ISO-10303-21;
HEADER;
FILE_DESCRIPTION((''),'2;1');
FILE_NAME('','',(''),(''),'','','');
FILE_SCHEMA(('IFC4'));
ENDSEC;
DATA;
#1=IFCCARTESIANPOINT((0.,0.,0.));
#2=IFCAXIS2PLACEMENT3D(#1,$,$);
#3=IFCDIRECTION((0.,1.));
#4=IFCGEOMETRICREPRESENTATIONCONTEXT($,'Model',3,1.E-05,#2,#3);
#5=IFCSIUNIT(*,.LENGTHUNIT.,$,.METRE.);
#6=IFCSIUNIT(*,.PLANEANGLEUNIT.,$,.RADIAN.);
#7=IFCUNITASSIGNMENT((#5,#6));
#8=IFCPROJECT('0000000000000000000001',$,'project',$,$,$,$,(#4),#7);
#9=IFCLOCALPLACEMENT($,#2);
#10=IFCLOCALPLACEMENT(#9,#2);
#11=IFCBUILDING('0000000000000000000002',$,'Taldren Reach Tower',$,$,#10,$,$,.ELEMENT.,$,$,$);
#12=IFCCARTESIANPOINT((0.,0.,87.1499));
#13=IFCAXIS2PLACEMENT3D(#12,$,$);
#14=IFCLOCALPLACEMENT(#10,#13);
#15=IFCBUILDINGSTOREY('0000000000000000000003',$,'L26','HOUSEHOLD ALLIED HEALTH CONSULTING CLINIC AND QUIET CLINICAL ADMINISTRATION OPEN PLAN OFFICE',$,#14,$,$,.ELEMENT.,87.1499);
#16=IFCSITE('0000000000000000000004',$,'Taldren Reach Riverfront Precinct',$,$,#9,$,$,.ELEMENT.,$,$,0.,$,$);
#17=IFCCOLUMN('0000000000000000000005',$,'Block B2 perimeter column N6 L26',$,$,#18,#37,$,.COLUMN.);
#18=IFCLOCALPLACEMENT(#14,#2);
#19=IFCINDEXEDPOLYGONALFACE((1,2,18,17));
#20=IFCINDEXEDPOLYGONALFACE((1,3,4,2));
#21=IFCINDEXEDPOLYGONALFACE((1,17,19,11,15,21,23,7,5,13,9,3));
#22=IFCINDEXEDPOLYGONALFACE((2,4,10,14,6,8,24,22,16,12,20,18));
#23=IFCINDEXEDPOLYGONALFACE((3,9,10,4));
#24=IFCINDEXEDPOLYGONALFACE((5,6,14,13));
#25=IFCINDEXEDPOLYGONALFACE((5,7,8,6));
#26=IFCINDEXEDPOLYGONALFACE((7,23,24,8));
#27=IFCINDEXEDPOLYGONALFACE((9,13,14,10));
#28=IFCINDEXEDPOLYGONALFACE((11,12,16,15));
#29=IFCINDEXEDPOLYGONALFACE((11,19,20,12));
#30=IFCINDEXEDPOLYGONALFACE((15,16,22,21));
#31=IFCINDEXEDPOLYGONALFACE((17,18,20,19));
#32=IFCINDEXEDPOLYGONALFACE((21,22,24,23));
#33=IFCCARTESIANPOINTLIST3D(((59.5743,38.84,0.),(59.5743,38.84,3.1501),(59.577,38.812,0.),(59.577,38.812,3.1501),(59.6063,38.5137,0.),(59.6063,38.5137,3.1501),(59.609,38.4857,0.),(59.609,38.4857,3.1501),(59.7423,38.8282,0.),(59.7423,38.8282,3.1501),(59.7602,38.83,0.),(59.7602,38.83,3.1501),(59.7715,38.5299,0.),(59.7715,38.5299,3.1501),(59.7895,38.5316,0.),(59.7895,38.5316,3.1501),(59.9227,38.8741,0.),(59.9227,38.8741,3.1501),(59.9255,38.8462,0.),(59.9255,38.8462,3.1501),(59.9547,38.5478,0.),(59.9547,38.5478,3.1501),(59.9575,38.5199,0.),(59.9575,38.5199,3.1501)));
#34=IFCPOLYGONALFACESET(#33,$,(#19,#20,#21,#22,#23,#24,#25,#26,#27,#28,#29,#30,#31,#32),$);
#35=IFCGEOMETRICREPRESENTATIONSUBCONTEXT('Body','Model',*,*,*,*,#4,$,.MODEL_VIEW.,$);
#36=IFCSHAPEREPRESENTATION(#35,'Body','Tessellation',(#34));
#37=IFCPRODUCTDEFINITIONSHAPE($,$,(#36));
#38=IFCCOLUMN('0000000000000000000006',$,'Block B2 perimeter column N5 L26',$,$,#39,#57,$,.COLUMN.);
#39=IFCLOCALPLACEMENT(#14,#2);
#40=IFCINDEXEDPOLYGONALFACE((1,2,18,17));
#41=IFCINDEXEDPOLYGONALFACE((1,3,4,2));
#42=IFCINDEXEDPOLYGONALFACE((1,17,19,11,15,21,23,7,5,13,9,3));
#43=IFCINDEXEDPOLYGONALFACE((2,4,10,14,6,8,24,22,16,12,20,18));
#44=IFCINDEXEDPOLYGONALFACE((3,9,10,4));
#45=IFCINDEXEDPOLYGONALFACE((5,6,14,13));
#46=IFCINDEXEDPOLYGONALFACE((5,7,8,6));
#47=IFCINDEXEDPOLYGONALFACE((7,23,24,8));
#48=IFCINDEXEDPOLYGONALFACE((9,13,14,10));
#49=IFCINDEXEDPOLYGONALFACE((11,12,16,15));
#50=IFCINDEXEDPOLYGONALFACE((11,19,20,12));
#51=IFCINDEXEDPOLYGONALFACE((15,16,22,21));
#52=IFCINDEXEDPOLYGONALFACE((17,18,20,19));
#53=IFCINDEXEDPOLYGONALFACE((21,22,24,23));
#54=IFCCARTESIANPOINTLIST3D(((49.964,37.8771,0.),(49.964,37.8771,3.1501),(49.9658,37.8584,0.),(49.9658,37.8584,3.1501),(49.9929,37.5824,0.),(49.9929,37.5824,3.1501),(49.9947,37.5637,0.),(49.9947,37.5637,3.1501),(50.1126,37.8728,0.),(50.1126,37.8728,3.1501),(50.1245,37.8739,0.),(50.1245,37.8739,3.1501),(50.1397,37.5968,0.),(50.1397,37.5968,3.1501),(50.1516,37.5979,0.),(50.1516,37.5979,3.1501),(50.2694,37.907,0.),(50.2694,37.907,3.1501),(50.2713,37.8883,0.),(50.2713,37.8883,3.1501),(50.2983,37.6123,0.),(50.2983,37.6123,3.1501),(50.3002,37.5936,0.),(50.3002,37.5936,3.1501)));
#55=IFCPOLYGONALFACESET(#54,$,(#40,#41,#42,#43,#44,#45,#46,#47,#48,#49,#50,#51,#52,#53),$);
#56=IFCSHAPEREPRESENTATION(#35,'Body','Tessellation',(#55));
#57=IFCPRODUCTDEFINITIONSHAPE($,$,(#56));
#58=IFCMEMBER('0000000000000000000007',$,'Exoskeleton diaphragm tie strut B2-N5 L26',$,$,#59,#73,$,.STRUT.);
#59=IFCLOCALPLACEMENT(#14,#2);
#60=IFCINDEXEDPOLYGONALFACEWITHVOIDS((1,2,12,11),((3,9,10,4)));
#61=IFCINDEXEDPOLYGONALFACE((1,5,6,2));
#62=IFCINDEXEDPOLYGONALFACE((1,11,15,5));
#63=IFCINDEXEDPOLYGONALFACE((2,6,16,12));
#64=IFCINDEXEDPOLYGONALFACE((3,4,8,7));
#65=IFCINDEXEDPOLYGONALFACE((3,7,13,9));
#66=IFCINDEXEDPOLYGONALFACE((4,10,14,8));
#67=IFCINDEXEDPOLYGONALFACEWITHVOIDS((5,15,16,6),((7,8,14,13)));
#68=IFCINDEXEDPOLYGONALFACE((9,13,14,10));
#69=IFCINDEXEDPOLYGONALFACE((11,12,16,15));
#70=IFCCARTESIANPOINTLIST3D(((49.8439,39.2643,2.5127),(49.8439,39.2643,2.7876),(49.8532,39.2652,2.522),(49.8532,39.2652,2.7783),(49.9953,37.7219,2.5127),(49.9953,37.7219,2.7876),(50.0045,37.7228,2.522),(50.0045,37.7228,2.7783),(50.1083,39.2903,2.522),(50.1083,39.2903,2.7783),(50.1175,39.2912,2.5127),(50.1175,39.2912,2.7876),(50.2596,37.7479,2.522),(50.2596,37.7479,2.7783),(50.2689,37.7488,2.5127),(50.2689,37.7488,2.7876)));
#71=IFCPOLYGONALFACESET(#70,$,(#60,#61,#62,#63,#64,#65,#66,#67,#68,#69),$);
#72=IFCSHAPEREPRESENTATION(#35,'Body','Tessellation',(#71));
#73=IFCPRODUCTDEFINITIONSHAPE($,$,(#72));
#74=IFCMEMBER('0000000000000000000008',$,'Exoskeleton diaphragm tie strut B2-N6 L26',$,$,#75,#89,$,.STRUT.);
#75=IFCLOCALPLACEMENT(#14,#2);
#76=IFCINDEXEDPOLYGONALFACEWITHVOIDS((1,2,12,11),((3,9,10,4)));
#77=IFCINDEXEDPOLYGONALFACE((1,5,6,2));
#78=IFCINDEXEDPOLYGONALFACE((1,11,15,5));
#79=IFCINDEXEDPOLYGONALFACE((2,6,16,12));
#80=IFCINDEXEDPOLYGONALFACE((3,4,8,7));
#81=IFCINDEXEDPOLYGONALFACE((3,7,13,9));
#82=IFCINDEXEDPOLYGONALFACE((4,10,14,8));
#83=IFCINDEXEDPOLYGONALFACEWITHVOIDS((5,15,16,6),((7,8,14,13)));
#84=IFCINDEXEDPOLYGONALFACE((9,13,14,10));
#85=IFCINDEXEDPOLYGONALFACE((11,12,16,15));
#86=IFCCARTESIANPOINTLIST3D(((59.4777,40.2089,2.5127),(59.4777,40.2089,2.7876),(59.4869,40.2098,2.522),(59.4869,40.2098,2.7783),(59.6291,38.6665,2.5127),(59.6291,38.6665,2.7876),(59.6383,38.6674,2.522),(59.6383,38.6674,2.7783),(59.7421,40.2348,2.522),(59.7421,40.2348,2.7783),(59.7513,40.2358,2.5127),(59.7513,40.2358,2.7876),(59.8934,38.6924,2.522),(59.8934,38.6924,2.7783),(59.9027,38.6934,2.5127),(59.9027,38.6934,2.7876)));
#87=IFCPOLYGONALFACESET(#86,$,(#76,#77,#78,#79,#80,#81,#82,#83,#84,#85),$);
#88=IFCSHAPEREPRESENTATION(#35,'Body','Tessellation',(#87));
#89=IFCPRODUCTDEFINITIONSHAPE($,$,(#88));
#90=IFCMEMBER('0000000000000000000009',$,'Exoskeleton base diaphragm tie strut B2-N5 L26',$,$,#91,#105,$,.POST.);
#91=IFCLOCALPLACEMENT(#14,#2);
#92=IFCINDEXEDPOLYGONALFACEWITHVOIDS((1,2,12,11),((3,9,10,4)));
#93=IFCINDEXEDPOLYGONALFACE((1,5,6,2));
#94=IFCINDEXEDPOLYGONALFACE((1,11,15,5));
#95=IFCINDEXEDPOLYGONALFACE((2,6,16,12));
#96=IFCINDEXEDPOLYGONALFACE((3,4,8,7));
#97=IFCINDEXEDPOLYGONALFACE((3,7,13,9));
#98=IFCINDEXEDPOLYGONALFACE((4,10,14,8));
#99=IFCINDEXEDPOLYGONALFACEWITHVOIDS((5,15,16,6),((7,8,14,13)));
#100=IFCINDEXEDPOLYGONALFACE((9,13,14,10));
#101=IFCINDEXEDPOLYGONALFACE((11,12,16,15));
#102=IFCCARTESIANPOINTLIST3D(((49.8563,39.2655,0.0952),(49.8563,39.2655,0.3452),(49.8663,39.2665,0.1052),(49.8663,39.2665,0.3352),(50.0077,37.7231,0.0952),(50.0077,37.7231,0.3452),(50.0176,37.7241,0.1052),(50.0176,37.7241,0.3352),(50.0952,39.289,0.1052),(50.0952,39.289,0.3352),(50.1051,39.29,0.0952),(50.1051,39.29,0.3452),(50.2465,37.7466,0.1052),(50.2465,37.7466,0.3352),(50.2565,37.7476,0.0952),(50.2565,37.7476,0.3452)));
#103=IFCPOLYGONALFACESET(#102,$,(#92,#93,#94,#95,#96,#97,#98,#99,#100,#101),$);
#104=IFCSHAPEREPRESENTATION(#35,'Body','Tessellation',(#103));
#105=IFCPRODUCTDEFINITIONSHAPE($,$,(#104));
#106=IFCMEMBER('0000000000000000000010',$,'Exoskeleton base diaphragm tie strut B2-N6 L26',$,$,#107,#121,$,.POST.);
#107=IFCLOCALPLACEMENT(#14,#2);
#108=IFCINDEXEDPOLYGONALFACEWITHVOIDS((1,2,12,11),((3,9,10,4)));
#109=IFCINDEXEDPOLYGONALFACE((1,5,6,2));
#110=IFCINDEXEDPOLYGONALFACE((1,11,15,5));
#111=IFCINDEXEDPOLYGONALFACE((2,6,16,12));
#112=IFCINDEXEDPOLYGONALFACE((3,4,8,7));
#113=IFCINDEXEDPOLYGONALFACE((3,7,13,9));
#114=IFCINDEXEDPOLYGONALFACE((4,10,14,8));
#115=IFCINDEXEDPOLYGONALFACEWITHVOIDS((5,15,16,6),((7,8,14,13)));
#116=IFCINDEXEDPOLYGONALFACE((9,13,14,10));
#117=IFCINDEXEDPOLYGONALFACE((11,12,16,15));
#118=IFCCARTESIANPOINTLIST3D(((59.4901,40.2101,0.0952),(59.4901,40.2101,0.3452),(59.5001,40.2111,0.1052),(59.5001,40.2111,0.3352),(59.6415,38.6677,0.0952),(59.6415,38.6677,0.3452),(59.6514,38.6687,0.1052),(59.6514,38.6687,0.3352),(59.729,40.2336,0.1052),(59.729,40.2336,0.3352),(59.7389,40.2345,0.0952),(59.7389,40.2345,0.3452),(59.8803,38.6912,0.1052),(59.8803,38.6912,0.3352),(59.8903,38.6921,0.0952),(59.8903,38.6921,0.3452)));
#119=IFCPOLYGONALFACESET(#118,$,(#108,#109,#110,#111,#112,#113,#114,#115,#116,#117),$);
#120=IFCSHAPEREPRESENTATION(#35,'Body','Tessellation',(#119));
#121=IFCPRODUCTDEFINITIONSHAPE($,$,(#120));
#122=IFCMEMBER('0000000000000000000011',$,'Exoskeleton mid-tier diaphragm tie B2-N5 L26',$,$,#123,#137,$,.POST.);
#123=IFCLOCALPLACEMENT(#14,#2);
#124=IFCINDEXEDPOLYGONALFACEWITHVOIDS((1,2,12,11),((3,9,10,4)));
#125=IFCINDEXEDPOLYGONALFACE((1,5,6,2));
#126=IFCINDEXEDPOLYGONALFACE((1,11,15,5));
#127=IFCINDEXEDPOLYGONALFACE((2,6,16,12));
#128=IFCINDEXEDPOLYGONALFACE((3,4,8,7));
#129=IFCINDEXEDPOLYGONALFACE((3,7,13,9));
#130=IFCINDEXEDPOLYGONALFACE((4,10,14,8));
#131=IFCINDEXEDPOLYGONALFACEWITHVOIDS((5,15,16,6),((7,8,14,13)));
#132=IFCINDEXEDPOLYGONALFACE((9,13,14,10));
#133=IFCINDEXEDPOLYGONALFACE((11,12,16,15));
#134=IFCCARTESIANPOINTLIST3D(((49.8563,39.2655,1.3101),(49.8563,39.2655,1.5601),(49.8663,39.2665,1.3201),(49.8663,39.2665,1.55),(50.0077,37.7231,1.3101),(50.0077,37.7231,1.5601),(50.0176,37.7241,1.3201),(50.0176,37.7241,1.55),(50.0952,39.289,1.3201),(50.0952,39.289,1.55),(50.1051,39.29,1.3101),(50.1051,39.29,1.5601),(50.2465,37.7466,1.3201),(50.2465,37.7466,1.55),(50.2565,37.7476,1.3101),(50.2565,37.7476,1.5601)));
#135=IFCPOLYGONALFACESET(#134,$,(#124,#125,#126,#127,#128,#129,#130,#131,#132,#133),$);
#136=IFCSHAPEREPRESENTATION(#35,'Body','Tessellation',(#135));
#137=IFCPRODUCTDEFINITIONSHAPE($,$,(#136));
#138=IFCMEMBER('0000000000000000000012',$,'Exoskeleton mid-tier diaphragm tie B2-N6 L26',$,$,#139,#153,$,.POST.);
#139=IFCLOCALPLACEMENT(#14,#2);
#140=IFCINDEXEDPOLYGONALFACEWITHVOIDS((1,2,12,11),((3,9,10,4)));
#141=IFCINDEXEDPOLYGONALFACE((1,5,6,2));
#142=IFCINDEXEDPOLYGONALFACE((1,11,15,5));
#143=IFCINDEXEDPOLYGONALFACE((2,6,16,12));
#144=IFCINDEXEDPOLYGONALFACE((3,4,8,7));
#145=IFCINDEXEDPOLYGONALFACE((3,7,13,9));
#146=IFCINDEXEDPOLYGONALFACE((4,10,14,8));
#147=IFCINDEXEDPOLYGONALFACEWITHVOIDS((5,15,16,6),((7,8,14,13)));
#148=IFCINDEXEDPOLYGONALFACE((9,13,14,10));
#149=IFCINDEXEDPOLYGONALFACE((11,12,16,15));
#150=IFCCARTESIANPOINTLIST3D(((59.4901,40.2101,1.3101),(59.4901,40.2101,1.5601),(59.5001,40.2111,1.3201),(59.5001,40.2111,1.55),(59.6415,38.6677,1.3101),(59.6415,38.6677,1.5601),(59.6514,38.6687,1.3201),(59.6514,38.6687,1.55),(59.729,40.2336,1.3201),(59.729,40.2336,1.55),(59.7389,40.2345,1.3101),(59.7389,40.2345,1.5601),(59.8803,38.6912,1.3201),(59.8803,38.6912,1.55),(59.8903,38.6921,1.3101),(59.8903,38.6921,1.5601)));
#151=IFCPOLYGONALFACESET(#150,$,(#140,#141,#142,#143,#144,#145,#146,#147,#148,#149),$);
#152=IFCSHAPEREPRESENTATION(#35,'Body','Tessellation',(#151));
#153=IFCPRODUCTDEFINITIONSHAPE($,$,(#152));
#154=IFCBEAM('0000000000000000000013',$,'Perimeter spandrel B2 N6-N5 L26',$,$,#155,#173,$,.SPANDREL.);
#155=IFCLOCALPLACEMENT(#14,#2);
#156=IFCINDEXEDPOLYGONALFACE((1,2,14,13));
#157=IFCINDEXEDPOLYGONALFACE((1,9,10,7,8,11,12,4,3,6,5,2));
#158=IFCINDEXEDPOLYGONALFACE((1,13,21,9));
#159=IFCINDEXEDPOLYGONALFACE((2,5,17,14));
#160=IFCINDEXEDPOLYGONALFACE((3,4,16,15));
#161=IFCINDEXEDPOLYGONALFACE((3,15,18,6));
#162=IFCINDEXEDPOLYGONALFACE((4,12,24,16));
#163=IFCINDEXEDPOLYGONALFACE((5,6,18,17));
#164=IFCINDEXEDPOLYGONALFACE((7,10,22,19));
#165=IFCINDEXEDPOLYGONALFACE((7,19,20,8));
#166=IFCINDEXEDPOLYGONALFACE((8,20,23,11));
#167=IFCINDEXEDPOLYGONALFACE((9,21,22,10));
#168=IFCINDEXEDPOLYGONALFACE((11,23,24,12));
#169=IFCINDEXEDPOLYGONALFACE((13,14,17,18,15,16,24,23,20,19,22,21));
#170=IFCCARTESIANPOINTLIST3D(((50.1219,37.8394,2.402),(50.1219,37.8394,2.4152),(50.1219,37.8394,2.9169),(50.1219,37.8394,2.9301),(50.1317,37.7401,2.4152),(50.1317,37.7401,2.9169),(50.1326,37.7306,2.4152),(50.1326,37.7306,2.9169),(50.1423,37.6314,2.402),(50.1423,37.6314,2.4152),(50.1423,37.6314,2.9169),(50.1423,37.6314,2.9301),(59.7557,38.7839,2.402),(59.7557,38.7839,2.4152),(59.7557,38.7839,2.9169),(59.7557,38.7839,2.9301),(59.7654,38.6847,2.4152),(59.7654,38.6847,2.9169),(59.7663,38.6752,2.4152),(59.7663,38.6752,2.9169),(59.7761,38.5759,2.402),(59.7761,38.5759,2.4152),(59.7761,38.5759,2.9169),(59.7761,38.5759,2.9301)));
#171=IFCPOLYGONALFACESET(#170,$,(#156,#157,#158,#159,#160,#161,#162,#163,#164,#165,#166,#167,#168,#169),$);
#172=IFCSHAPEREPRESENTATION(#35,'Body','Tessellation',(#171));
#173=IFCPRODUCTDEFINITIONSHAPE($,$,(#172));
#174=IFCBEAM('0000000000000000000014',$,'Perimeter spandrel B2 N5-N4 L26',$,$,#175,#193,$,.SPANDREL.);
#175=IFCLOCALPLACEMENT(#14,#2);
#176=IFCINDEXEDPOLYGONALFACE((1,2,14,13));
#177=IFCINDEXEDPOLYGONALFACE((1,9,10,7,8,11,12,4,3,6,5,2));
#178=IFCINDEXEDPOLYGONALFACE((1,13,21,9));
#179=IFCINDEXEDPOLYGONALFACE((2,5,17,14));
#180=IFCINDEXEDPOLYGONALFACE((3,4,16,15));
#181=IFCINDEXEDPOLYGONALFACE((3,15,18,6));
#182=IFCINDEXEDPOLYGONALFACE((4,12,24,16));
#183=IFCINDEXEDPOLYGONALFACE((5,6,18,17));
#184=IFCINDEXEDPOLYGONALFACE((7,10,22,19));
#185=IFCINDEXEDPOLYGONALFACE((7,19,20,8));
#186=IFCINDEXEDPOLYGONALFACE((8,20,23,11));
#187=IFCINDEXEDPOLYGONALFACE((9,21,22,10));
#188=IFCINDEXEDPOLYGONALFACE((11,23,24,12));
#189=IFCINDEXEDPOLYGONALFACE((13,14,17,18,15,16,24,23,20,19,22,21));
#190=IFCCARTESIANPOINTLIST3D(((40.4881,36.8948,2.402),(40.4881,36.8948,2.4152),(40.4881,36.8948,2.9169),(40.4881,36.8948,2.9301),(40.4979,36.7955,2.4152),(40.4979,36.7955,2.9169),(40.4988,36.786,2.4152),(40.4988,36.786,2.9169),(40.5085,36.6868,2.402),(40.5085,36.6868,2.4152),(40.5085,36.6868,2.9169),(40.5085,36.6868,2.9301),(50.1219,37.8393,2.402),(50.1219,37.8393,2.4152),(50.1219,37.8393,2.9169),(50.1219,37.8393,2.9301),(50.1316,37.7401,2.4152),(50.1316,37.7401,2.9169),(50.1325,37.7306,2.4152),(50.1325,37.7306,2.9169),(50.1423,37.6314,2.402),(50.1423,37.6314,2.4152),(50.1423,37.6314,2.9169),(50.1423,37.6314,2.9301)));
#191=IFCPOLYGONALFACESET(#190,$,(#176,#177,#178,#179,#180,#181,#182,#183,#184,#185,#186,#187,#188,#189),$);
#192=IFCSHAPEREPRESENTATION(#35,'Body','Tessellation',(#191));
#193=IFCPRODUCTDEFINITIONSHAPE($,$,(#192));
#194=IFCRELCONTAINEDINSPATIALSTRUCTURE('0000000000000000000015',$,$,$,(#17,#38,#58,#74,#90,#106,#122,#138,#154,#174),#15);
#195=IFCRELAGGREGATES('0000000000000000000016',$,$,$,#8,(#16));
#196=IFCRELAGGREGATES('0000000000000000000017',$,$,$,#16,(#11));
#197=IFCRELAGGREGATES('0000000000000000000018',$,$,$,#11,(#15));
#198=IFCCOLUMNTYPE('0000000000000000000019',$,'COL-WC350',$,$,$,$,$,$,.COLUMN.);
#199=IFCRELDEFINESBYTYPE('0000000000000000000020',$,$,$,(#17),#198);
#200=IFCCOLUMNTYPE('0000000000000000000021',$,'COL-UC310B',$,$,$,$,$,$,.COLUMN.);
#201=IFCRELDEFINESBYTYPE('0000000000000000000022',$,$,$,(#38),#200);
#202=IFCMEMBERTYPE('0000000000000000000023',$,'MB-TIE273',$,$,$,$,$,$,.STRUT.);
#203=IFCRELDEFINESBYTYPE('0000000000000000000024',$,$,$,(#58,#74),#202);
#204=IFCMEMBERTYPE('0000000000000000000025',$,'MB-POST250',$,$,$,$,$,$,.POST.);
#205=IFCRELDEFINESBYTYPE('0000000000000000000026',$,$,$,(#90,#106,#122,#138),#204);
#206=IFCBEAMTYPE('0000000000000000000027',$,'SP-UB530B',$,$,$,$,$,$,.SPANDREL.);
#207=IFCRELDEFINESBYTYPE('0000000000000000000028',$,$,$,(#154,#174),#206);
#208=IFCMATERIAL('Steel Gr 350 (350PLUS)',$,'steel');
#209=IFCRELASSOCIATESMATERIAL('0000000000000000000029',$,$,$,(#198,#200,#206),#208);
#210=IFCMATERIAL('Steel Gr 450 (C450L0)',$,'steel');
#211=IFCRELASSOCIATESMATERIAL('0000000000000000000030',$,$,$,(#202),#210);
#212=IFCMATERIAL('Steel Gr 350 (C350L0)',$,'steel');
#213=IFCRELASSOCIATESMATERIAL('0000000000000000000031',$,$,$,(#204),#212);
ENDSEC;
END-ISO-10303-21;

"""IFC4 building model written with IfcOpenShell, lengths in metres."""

from ifc_helpers import new_model, si_unit, direction, frame, origin, origin_2d, place, context, subcontext, project, spatial, hollow_rectangle, i_section, extrude, source, transform, mapped, material, material_profile, profile_set, type_object, element, save


model = new_model("IFC4")

# Units and contexts
model_context = context("Model", 3, precision=1e-05, world=origin(), true_north=direction((0.0, 1.0)))
body_context = subcontext(model_context, "Body", "Model", "MODEL_VIEW")
ifc_project = project(units=[si_unit("LENGTHUNIT", "METRE"), si_unit("PLANEANGLEUNIT", "RADIAN")], contexts=[model_context])

# Site, building, storey
site_placement = place(None, origin())
site = spatial("IfcSite", under=ifc_project, at=site_placement, Name="Taldren Reach Riverfront Precinct", CompositionType="ELEMENT", RefElevation=0.0)
building_placement = place(site_placement, origin())
building = spatial("IfcBuilding", under=site, at=building_placement, Name="Taldren Reach Tower", CompositionType="ELEMENT")
storey_placement = place(building_placement, frame((0.0, 0.0, 87.1499)))
storey = spatial("IfcBuildingStorey", under=building, at=storey_placement, Name="L26", Description="HOUSEHOLD ALLIED HEALTH CONSULTING CLINIC AND QUIET CLINICAL ADMINISTRATION OPEN PLAN OFFICE", CompositionType="ELEMENT", Elevation=87.1499)

# Columns
ifc_material_1 = material(Name="Steel Gr 350 (350PLUS)", Category="steel")
ifc_material_profile_1 = material_profile(ifc_material_1, i_section(OverallWidth=0.3501, OverallDepth=0.356, WebThickness=0.0181, FlangeThickness=0.0281, at=origin_2d()), Name="350WC197")
ifc_profile_set_1 = profile_set([ifc_material_profile_1], Name="Steel Gr 350 (350PLUS)")
column_type_1 = type_object("IfcColumnType", Name="COL-WC350", PredefinedType="COLUMN", material=ifc_profile_set_1)
shared_shape_1 = source(origin(), body_context, "Body", "SweptSolid", [
    extrude(i_section(OverallWidth=0.3501, OverallDepth=0.356, WebThickness=0.0181, FlangeThickness=0.0281, at=origin_2d()), origin(), (0.0, 0.0, 1.0), 3.1501),
])
column_1_placement = place(storey_placement, frame((59.7659, 38.6799, 0.0), z_axis=(0.0, 0.0, 1.0), x_axis=(0.995227, 0.097583, 0.0)))
element("IfcColumn", 1, at=column_1_placement, inside=storey, type_object=column_type_1, Name="Block B2 perimeter column N6 L26", PredefinedType="COLUMN", context=body_context, shape_type="MappedRepresentation", body=[
    mapped(shared_shape_1, transform((0.0, 0.0, 0.0), scale=1.0)),
])
ifc_material_profile_2 = material_profile(ifc_material_1, i_section(OverallWidth=0.3069, OverallDepth=0.3149, WebThickness=0.012, FlangeThickness=0.0188, at=origin_2d()), Name="310UC118")
ifc_profile_set_2 = profile_set([ifc_material_profile_2], Name="Steel Gr 350 (350PLUS)")
column_type_2 = type_object("IfcColumnType", Name="COL-UC310B", PredefinedType="COLUMN", material=ifc_profile_set_2)
shared_shape_2 = source(origin(), body_context, "Body", "SweptSolid", [
    extrude(i_section(OverallWidth=0.3069, OverallDepth=0.3149, WebThickness=0.012, FlangeThickness=0.0188, at=origin_2d()), origin(), (0.0, 0.0, 1.0), 3.1501),
])
column_2_placement = place(storey_placement, frame((50.1321, 37.7354, 0.0), z_axis=(0.0, 0.0, 1.0), x_axis=(0.995227, 0.097583, 0.0)))
element("IfcColumn", 2, at=column_2_placement, inside=storey, type_object=column_type_2, Name="Block B2 perimeter column N5 L26", PredefinedType="COLUMN", context=body_context, shape_type="MappedRepresentation", body=[
    mapped(shared_shape_2, transform((0.0, 0.0, 0.0), scale=1.0)),
])

# Members
ifc_material_2 = material(Name="Steel Gr 450 (C450L0)", Category="steel")
ifc_material_profile_3 = material_profile(ifc_material_2, hollow_rectangle(XDim=0.2749, YDim=0.2749, WallThickness=0.0093, at=origin_2d()), Name="275x275x9.3SHS")
ifc_profile_set_3 = profile_set([ifc_material_profile_3], Name="Steel Gr 450 (C450L0)")
member_type_1 = type_object("IfcMemberType", Name="MB-TIE273", PredefinedType="STRUT", material=ifc_profile_set_3)
shared_shape_3 = source(origin(), body_context, "Body", "SweptSolid", [
    extrude(hollow_rectangle(XDim=0.2749, YDim=0.2749, WallThickness=0.0093, at=origin_2d()), origin(), (0.0, 0.0, 1.0), 1.5498),
])
for number, where, z_axis, x_axis, name in (
    (3, (50.1321, 37.7354, 2.6501), (-0.097663, 0.99522, 0.0), (-0.99522, -0.097663, 0.0), "Exoskeleton diaphragm tie strut B2-N5 L26"),
    (4, (59.7659, 38.6799, 2.6501), (-0.097663, 0.99522, 0.0), (-0.99522, -0.097663, 0.0), "Exoskeleton diaphragm tie strut B2-N6 L26"),
):
    element("IfcMember", number, at=place(storey_placement, frame(where, z_axis=z_axis, x_axis=x_axis)), inside=storey, type_object=member_type_1, Name=name, PredefinedType="STRUT", context=body_context, shape_type="MappedRepresentation", body=[
        mapped(shared_shape_3, transform((0.0, 0.0, 0.0), scale=1.0)),
    ])
ifc_material_3 = material(Name="Steel Gr 350 (C350L0)", Category="steel")
ifc_material_profile_4 = material_profile(ifc_material_3, hollow_rectangle(XDim=0.25, YDim=0.25, WallThickness=0.01, at=origin_2d()), Name="250x250x10.0SHS")
ifc_profile_set_4 = profile_set([ifc_material_profile_4], Name="Steel Gr 350 (C350L0)")
member_type_2 = type_object("IfcMemberType", Name="MB-POST250", PredefinedType="POST", material=ifc_profile_set_4)
shared_shape_4 = source(origin(), body_context, "Body", "SweptSolid", [
    extrude(hollow_rectangle(XDim=0.25, YDim=0.25, WallThickness=0.01, at=origin_2d()), origin(), (0.0, 0.0, 1.0), 1.5498),
])
for number, where, z_axis, x_axis, name in (
    (5, (50.1321, 37.7354, 0.2202), (-0.097663, 0.99522, 0.0), (-0.99522, -0.097663, 0.0), "Exoskeleton base diaphragm tie strut B2-N5 L26"),
    (6, (59.7659, 38.6799, 0.2202), (-0.097663, 0.99522, 0.0), (-0.99522, -0.097663, 0.0), "Exoskeleton base diaphragm tie strut B2-N6 L26"),
    (7, (50.1321, 37.7354, 1.4351), (-0.097663, 0.99522, 0.0), (-0.99522, -0.097663, 0.0), "Exoskeleton mid-tier diaphragm tie B2-N5 L26"),
    (8, (59.7659, 38.6799, 1.4351), (-0.097663, 0.99522, 0.0), (-0.99522, -0.097663, 0.0), "Exoskeleton mid-tier diaphragm tie B2-N6 L26"),
):
    element("IfcMember", number, at=place(storey_placement, frame(where, z_axis=z_axis, x_axis=x_axis)), inside=storey, type_object=member_type_2, Name=name, PredefinedType="POST", context=body_context, shape_type="MappedRepresentation", body=[
        mapped(shared_shape_4, transform((0.0, 0.0, 0.0), scale=1.0)),
    ])

# Beams
ifc_material_profile_5 = material_profile(ifc_material_1, i_section(OverallWidth=0.209, OverallDepth=0.5281, WebThickness=0.0095, FlangeThickness=0.0132, at=origin_2d()), Name="530UB82.0")
ifc_profile_set_5 = profile_set([ifc_material_profile_5], Name="Steel Gr 350 (350PLUS)")
beam_type = type_object("IfcBeamType", Name="SP-UB530B", PredefinedType="SPANDREL", material=ifc_profile_set_5)
shared_shape_5 = source(origin(), body_context, "Body", "SweptSolid", [
    extrude(i_section(OverallWidth=0.209, OverallDepth=0.5281, WebThickness=0.0095, FlangeThickness=0.0132, at=origin_2d()), origin(), (0.0, 0.0, 1.0), 9.6799),
])
for number, where, z_axis, x_axis, name in (
    (9, (59.7659, 38.6799, 2.666), (-0.995228, -0.097581, 0.0), (0.097581, -0.995228, 0.0), "Perimeter spandrel B2 N6-N5 L26"),
    (10, (50.1321, 37.7354, 2.666), (-0.995228, -0.097581, 0.0), (0.097581, -0.995228, 0.0), "Perimeter spandrel B2 N5-N4 L26"),
):
    element("IfcBeam", number, at=place(storey_placement, frame(where, z_axis=z_axis, x_axis=x_axis)), inside=storey, type_object=beam_type, Name=name, PredefinedType="SPANDREL", context=body_context, shape_type="MappedRepresentation", body=[
        mapped(shared_shape_5, transform((0.0, 0.0, 0.0), scale=1.0)),
    ])

save(model, "model.ifc")
